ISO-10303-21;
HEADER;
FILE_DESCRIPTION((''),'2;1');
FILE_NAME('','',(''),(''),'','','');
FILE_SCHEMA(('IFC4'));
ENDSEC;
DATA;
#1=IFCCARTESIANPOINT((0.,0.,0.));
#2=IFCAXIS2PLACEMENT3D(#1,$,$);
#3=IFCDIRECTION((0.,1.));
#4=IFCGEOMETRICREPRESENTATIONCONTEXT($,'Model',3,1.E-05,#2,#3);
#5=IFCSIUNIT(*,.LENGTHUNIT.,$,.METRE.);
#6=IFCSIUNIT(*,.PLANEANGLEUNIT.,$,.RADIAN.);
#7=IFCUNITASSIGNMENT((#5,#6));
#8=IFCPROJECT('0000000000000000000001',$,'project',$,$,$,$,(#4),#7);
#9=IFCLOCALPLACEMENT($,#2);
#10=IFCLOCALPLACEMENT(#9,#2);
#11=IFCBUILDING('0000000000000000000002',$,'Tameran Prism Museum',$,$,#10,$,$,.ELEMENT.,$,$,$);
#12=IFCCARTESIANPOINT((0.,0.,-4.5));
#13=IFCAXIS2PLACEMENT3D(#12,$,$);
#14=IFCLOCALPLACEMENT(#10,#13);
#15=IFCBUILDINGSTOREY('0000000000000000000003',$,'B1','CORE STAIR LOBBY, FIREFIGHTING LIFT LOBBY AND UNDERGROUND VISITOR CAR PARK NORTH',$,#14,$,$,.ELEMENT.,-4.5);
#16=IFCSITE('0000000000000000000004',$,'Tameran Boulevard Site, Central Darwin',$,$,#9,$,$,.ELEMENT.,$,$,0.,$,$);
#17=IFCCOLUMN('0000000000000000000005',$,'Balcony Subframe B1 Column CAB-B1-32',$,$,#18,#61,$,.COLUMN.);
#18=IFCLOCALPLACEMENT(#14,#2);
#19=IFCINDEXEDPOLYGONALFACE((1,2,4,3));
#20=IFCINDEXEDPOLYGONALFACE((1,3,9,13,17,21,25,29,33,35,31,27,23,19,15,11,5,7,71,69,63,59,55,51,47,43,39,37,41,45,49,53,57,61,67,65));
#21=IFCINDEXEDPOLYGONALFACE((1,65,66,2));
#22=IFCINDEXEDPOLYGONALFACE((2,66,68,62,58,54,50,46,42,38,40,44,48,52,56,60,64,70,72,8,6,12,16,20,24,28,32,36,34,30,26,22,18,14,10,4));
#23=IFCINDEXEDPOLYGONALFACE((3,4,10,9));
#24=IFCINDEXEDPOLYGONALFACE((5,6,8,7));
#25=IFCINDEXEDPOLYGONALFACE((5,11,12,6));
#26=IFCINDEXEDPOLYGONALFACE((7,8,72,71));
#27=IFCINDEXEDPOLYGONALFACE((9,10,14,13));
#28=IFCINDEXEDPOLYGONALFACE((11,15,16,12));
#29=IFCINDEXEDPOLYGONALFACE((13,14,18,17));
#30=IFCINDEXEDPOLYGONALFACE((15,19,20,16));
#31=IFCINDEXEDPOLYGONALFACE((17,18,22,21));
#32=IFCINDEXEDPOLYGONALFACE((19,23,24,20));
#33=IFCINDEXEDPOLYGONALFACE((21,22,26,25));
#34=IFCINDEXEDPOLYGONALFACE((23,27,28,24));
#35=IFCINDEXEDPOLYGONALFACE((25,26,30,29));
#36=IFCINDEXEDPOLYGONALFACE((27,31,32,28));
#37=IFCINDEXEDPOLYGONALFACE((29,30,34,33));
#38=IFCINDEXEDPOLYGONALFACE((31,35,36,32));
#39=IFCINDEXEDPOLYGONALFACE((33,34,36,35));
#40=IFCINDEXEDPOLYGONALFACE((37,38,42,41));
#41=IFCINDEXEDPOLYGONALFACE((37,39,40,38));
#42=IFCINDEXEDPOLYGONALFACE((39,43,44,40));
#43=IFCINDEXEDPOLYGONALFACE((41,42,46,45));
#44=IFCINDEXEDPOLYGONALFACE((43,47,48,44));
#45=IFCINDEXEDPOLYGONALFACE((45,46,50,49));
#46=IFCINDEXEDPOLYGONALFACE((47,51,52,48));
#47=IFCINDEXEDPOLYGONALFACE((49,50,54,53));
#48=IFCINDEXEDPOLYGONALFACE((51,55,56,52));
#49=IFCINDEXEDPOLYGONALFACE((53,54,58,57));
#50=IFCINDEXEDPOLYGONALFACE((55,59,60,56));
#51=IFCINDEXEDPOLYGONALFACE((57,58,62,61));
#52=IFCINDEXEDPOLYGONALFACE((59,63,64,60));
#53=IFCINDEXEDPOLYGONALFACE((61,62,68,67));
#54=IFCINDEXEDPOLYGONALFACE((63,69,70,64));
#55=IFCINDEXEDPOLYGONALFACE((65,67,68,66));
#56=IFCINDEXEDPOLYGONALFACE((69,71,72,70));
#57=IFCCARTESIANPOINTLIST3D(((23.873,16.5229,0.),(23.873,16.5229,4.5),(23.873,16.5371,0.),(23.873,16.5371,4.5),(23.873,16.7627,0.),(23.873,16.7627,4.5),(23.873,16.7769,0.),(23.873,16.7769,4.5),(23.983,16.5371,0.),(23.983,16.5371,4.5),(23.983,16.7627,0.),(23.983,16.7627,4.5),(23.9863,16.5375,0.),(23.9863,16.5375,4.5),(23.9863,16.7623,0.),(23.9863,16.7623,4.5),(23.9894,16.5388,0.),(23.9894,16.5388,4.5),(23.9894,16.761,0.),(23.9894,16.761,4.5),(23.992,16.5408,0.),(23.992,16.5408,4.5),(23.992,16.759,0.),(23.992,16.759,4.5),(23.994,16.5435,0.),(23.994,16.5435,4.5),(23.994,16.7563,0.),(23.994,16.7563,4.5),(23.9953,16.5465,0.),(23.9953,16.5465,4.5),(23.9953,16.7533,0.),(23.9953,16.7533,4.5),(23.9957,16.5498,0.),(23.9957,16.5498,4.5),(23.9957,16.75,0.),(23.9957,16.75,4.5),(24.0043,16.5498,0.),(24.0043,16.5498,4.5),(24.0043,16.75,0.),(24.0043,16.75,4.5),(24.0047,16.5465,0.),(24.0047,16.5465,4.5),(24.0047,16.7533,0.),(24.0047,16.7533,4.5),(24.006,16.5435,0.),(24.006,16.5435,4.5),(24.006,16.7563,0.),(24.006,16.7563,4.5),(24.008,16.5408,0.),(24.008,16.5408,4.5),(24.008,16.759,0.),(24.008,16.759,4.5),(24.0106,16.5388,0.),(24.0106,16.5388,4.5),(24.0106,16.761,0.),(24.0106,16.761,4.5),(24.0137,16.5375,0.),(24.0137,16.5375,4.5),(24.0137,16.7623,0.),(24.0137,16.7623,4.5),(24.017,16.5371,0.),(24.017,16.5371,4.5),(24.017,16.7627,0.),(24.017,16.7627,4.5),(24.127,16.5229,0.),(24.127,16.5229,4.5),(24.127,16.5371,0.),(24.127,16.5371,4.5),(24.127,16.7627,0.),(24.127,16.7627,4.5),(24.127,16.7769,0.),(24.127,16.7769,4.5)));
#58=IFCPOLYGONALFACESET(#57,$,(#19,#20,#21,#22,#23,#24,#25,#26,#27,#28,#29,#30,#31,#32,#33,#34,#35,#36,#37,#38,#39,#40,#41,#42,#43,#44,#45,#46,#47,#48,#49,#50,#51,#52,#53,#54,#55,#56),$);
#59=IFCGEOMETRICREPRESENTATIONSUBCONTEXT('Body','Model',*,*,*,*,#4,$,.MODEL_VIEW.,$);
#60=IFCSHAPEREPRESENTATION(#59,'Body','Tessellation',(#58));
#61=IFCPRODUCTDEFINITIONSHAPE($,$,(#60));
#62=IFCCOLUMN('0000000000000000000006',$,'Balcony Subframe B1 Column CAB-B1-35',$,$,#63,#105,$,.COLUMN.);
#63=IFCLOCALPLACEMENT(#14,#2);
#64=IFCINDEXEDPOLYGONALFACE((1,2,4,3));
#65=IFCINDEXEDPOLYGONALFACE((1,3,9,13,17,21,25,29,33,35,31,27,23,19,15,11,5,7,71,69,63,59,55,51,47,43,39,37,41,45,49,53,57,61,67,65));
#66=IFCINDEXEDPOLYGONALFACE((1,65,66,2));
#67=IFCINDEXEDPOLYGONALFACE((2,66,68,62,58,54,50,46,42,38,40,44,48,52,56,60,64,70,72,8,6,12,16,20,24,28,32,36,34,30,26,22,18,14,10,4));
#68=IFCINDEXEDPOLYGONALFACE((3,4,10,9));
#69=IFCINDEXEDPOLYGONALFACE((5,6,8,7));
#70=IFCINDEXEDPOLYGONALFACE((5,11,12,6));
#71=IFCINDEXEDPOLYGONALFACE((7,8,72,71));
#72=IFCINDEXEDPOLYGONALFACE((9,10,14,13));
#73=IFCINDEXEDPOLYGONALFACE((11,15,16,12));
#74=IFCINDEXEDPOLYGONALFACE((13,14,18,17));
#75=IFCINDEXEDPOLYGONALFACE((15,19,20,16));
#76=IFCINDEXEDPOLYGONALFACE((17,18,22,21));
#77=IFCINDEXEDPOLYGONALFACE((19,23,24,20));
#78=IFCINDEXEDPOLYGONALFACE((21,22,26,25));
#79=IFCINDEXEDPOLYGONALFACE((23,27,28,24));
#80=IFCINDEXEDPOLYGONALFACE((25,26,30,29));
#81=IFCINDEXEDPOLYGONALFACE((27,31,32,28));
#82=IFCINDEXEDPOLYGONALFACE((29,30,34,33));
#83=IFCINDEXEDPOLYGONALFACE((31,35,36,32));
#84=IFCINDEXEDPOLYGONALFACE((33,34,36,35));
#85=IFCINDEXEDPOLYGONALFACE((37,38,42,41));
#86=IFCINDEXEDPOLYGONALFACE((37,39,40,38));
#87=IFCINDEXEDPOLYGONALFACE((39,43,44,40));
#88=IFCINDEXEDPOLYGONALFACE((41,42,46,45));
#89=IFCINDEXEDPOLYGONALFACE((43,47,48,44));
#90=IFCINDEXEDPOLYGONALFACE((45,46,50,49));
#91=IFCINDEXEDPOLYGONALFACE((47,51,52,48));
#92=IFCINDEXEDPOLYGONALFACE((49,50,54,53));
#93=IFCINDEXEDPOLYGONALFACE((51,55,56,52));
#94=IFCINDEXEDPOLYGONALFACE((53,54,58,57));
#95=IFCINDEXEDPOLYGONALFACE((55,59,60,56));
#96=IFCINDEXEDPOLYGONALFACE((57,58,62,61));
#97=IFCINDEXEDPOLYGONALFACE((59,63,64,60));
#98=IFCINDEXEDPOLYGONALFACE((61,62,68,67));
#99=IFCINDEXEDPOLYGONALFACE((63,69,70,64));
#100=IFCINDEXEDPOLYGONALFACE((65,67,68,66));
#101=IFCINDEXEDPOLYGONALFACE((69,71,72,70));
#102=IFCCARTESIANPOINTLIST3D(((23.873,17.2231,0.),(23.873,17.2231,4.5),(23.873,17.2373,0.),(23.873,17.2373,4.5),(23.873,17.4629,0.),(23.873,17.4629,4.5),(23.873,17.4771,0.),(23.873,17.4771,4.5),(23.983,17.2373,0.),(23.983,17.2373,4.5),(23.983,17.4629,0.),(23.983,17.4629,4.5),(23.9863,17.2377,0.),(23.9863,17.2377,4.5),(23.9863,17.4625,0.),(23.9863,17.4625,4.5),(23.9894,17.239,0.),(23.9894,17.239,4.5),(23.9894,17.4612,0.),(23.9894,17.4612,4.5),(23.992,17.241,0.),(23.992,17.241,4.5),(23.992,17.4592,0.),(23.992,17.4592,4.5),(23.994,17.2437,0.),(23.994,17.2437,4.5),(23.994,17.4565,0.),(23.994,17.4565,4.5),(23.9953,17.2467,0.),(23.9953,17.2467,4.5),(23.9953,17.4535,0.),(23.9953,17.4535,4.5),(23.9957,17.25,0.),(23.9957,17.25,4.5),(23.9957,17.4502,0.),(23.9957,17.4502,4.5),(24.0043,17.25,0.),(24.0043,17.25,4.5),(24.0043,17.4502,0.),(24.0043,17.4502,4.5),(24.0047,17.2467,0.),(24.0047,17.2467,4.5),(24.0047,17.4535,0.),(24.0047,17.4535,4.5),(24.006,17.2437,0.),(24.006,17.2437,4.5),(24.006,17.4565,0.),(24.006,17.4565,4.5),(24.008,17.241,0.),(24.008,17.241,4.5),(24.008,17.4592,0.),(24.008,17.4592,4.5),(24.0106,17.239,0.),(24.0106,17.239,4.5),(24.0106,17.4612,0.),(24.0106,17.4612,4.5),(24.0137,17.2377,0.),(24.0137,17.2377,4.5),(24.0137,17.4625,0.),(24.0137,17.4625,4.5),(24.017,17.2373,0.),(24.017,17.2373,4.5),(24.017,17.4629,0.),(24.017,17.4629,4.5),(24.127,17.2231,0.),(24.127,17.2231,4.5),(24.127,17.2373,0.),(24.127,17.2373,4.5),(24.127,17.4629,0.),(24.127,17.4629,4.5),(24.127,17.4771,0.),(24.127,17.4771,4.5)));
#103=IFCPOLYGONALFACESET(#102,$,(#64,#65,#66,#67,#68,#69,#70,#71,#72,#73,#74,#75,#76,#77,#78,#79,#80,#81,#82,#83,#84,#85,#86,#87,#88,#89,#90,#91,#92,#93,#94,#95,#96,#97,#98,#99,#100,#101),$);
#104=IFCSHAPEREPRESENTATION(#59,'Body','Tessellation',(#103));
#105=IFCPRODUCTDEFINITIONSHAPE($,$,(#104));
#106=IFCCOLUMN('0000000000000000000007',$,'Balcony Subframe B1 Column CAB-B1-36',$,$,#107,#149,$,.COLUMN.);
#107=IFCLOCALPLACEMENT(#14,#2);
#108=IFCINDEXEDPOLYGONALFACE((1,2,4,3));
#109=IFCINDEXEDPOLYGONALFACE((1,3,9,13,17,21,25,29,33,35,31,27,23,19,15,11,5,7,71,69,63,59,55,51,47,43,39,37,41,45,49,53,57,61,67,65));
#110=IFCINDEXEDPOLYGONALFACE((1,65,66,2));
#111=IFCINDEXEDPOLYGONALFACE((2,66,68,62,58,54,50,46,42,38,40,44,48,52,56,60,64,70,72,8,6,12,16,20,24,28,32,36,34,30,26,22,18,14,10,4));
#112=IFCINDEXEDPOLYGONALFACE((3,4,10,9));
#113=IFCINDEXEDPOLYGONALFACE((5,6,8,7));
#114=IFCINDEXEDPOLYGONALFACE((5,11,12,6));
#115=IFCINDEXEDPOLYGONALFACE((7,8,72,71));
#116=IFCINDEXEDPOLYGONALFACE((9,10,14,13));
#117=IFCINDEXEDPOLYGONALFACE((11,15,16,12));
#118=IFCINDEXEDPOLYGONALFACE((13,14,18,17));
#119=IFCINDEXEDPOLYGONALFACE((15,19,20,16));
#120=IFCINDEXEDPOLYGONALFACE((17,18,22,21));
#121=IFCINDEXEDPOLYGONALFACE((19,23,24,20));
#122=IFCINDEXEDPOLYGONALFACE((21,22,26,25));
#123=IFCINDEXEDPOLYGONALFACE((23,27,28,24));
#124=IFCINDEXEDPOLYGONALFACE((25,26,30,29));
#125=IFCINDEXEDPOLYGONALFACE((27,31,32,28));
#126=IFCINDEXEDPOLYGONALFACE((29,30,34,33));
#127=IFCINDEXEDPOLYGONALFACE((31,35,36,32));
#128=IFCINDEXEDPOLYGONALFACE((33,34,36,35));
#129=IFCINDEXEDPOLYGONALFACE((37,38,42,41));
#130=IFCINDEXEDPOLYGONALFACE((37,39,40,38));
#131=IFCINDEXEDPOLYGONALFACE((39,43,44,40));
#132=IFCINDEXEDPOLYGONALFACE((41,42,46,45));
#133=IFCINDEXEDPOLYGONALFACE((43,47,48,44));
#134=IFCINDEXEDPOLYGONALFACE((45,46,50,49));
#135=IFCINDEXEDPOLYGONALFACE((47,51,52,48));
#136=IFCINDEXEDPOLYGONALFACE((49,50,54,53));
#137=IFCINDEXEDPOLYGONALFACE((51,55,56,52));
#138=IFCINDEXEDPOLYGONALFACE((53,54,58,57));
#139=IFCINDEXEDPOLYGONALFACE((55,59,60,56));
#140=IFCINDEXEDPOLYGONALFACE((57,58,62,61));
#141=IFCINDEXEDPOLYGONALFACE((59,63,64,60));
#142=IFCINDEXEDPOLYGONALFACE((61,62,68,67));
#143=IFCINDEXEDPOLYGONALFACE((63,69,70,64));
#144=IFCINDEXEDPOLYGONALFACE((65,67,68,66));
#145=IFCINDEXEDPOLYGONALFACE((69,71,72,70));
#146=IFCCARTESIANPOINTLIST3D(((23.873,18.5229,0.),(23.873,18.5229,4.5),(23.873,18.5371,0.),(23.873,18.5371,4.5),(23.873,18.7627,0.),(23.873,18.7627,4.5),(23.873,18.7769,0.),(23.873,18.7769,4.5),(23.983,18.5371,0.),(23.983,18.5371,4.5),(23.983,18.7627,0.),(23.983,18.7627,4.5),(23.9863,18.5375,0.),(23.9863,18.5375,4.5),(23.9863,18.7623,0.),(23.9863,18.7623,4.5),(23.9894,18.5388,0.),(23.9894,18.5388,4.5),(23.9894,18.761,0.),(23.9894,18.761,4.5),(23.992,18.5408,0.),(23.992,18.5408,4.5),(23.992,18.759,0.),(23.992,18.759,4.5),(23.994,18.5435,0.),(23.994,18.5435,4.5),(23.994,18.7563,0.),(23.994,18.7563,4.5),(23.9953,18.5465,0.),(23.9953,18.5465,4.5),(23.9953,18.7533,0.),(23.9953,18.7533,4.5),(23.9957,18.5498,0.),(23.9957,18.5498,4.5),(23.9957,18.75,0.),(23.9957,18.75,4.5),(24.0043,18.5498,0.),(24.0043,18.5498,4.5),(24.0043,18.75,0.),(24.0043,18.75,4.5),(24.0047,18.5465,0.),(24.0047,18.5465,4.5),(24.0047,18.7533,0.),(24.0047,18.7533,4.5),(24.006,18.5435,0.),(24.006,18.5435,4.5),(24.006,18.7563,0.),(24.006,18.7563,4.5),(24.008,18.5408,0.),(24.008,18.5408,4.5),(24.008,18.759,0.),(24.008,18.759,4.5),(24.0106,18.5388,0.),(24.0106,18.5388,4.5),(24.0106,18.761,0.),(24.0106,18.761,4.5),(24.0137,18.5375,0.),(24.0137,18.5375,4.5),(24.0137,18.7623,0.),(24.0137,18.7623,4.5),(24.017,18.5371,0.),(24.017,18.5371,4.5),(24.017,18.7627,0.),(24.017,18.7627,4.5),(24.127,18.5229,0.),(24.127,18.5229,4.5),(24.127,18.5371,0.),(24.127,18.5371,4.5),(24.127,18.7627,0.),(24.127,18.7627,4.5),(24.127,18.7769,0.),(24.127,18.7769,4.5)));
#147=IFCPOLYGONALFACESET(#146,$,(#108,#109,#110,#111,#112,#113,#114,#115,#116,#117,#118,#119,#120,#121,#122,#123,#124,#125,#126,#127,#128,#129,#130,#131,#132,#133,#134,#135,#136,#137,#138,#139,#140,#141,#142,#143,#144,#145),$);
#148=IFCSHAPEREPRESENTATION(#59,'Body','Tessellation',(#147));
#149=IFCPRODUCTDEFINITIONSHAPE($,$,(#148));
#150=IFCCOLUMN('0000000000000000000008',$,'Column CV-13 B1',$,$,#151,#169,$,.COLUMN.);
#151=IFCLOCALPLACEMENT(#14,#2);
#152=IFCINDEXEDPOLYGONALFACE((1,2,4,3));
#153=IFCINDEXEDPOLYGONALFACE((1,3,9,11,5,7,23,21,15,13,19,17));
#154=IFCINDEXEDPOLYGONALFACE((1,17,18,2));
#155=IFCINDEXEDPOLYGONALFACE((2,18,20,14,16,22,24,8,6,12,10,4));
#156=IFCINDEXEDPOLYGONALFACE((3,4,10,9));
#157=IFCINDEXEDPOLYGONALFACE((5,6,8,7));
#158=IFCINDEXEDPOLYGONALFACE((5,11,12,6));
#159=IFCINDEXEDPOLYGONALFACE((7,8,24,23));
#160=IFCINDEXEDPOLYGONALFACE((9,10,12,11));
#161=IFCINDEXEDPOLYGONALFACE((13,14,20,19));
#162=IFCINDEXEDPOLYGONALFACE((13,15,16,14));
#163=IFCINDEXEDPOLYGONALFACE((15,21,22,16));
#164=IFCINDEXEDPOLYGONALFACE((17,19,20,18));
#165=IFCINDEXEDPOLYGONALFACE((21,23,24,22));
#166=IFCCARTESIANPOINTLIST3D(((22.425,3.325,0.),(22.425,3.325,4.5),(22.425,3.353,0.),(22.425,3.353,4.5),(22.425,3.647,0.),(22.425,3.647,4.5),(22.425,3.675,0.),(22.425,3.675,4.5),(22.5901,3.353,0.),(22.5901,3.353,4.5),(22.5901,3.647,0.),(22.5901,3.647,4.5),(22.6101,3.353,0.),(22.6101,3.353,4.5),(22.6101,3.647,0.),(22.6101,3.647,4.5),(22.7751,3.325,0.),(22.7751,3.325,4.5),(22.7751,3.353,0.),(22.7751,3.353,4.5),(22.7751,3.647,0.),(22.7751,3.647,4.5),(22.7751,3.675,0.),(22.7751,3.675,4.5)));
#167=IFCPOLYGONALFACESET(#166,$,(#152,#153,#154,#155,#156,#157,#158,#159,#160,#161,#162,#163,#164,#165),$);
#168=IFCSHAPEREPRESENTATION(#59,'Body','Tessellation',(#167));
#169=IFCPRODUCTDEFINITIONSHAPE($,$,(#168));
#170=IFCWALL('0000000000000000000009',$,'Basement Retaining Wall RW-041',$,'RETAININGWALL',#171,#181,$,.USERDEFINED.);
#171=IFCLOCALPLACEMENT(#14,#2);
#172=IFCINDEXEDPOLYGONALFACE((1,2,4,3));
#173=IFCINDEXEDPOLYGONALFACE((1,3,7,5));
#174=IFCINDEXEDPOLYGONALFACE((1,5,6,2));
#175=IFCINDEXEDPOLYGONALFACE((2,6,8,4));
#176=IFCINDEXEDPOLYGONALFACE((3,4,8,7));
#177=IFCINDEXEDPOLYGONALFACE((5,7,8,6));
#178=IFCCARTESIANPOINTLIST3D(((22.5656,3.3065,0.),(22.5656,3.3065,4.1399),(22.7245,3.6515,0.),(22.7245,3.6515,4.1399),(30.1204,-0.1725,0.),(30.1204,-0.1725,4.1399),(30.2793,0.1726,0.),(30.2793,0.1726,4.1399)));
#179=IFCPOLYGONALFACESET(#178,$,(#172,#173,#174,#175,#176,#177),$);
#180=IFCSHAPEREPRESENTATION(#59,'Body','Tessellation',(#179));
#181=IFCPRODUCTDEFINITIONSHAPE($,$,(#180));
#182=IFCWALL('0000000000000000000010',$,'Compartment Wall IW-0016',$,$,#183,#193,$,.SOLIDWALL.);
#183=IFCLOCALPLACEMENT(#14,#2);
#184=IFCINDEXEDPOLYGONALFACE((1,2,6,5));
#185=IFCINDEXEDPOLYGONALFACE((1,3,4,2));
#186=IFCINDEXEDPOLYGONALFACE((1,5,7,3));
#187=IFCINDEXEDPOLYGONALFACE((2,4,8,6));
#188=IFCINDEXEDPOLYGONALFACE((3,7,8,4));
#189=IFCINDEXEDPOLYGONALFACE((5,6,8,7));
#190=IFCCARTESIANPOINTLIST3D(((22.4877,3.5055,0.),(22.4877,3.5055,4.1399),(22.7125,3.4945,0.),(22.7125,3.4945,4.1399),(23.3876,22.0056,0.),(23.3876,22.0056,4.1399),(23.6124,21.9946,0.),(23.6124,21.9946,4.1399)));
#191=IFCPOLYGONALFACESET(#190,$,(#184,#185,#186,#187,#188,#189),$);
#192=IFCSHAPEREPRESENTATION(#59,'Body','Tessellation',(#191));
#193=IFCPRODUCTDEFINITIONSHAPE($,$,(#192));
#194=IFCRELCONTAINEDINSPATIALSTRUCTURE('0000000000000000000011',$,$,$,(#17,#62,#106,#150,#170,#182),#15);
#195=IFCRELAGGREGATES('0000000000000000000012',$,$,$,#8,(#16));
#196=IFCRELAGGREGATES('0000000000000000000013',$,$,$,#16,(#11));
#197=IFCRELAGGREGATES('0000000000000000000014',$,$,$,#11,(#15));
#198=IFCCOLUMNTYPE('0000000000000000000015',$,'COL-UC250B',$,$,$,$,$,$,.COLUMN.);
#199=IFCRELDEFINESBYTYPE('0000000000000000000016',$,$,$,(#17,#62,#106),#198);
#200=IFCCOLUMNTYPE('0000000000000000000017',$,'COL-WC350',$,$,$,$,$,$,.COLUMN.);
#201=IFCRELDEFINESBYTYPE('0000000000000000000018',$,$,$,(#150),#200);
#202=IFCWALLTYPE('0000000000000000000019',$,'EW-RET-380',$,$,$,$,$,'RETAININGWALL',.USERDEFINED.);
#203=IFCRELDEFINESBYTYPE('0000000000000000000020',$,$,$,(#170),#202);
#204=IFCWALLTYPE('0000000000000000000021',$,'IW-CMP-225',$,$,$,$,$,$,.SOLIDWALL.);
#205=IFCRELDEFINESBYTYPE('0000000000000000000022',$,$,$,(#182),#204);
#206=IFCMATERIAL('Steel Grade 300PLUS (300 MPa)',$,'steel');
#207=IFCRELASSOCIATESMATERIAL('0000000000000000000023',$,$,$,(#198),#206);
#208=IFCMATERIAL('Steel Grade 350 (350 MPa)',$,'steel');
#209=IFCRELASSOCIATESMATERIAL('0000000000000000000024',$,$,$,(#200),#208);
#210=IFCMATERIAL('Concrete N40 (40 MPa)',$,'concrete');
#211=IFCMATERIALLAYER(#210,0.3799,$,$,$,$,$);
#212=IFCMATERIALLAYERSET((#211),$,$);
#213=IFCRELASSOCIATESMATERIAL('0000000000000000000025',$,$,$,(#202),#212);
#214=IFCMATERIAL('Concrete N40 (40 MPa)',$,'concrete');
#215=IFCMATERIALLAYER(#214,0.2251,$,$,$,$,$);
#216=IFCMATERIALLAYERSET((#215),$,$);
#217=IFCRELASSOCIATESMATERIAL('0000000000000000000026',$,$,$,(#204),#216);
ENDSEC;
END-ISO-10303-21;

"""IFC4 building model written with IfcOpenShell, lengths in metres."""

from ifc_helpers import new_model, si_unit, direction, frame, frame_2d, origin, origin_2d, place, context, subcontext, project, spatial, rectangle, i_section, extrude, material, layer, layer_set, material_profile, profile_set, type_object, element, save


model = new_model("IFC4")

# Units and contexts
model_context = context("Model", 3, precision=1e-05, world=origin(), true_north=direction((0.0, 1.0)))
body_context = subcontext(model_context, "Body", "Model", "MODEL_VIEW")
ifc_project = project(units=[si_unit("LENGTHUNIT", "METRE"), si_unit("PLANEANGLEUNIT", "RADIAN")], contexts=[model_context])

# Site, building, storey
site_placement = place(None, origin())
site = spatial("IfcSite", under=ifc_project, at=site_placement, Name="Tameran Boulevard Site, Central Darwin", CompositionType="ELEMENT", RefElevation=0.0)
building_placement = place(site_placement, origin())
building = spatial("IfcBuilding", under=site, at=building_placement, Name="Tameran Prism Museum", CompositionType="ELEMENT")
storey_placement = place(building_placement, frame((0.0, 0.0, -4.5)))
storey = spatial("IfcBuildingStorey", under=building, at=storey_placement, Name="B1", Description="CORE STAIR LOBBY, FIREFIGHTING LIFT LOBBY AND UNDERGROUND VISITOR CAR PARK NORTH", CompositionType="ELEMENT", Elevation=-4.5)

# Columns
ifc_material_1 = material(Name="Steel Grade 300PLUS (300 MPa)", Category="steel")
ifc_material_profile_1 = material_profile(ifc_material_1, i_section(OverallWidth=0.2539, OverallDepth=0.2539, WebThickness=0.0085, FlangeThickness=0.0142, FilletRadius=0.0127, at=origin_2d()))
ifc_profile_set_1 = profile_set([ifc_material_profile_1])
column_type_1 = type_object("IfcColumnType", Name="COL-UC250B", PredefinedType="COLUMN", material=ifc_profile_set_1)
for number, where, z_axis, x_axis, name in (
    (1, (24.0, 16.6499, 0.0), (0.0, 0.0, 1.0), (1.0, 0.0, 0.0), "Balcony Subframe B1 Column CAB-B1-32"),
    (2, (24.0, 17.3501, 0.0), (0.0, 0.0, 1.0), (1.0, 0.0, 0.0), "Balcony Subframe B1 Column CAB-B1-35"),
    (3, (24.0, 18.6499, 0.0), (0.0, 0.0, 1.0), (1.0, 0.0, 0.0), "Balcony Subframe B1 Column CAB-B1-36"),
):
    element("IfcColumn", number, at=place(storey_placement, frame(where, z_axis=z_axis, x_axis=x_axis)), inside=storey, type_object=column_type_1, Name=name, PredefinedType="COLUMN", context=body_context, shape_type="SweptSolid", body=[
        extrude(i_section(OverallWidth=0.2539, OverallDepth=0.2539, WebThickness=0.0085, FlangeThickness=0.0142, FilletRadius=0.0127, at=origin_2d()), origin(), (0.0, 0.0, 1.0), 4.5),
    ])
ifc_material_2 = material(Name="Steel Grade 350 (350 MPa)", Category="steel")
ifc_material_profile_2 = material_profile(ifc_material_2, i_section(OverallWidth=0.3501, OverallDepth=0.3501, WebThickness=0.02, FlangeThickness=0.0281, at=origin_2d()))
ifc_profile_set_2 = profile_set([ifc_material_profile_2])
column_type_2 = type_object("IfcColumnType", Name="COL-WC350", PredefinedType="COLUMN", material=ifc_profile_set_2)
column_1_placement = place(storey_placement, frame((22.6001, 3.5, 0.0), z_axis=(0.0, 0.0, 1.0), x_axis=(1.0, 0.0, 0.0)))
element("IfcColumn", 4, at=column_1_placement, inside=storey, type_object=column_type_2, Name="Column CV-13 B1", PredefinedType="COLUMN", context=body_context, shape_type="SweptSolid", body=[
    extrude(i_section(OverallWidth=0.3501, OverallDepth=0.3501, WebThickness=0.02, FlangeThickness=0.0281, at=origin_2d()), origin(), (0.0, 0.0, 1.0), 4.5),
])

# Walls
ifc_material_3 = material(Name="Concrete N40 (40 MPa)", Category="concrete")
ifc_layer_1 = layer(ifc_material_3, 0.3799)
ifc_layer_set_1 = layer_set([ifc_layer_1])
wall_type_1 = type_object("IfcWallType", Name="EW-RET-380", ElementType="RETAININGWALL", PredefinedType="USERDEFINED", material=ifc_layer_set_1)
wall_1_placement = place(storey_placement, frame((22.645, 3.479, 0.0), z_axis=(0.0, 0.0, 1.0), x_axis=(0.90832, -0.418276, 0.0)))
element("IfcWall", 5, at=wall_1_placement, inside=storey, type_object=wall_type_1, Name="Basement Retaining Wall RW-041", ObjectType="RETAININGWALL", PredefinedType="USERDEFINED", context=body_context, shape_type="SweptSolid", body=[
    extrude(rectangle(XDim=8.3174, YDim=0.3799, at=frame_2d((4.1587, 0.0))), origin(), (0.0, 0.0, 1.0), 4.1399),
])
ifc_material_4 = material(Name="Concrete N40 (40 MPa)", Category="concrete")
ifc_layer_2 = layer(ifc_material_4, 0.2251)
ifc_layer_set_2 = layer_set([ifc_layer_2])
wall_type_2 = type_object("IfcWallType", Name="IW-CMP-225", PredefinedType="SOLIDWALL", material=ifc_layer_set_2)
wall_2_placement = place(storey_placement, frame((22.6001, 3.5, 0.0), z_axis=(0.0, 0.0, 1.0), x_axis=(0.048586, 0.998819, 0.0)))
element("IfcWall", 6, at=wall_2_placement, inside=storey, type_object=wall_type_2, Name="Compartment Wall IW-0016", PredefinedType="SOLIDWALL", context=body_context, shape_type="SweptSolid", body=[
    extrude(rectangle(XDim=18.522, YDim=0.2251, at=frame_2d((9.261, 0.0))), origin(), (0.0, 0.0, 1.0), 4.1399),
])

save(model, "model.ifc")
